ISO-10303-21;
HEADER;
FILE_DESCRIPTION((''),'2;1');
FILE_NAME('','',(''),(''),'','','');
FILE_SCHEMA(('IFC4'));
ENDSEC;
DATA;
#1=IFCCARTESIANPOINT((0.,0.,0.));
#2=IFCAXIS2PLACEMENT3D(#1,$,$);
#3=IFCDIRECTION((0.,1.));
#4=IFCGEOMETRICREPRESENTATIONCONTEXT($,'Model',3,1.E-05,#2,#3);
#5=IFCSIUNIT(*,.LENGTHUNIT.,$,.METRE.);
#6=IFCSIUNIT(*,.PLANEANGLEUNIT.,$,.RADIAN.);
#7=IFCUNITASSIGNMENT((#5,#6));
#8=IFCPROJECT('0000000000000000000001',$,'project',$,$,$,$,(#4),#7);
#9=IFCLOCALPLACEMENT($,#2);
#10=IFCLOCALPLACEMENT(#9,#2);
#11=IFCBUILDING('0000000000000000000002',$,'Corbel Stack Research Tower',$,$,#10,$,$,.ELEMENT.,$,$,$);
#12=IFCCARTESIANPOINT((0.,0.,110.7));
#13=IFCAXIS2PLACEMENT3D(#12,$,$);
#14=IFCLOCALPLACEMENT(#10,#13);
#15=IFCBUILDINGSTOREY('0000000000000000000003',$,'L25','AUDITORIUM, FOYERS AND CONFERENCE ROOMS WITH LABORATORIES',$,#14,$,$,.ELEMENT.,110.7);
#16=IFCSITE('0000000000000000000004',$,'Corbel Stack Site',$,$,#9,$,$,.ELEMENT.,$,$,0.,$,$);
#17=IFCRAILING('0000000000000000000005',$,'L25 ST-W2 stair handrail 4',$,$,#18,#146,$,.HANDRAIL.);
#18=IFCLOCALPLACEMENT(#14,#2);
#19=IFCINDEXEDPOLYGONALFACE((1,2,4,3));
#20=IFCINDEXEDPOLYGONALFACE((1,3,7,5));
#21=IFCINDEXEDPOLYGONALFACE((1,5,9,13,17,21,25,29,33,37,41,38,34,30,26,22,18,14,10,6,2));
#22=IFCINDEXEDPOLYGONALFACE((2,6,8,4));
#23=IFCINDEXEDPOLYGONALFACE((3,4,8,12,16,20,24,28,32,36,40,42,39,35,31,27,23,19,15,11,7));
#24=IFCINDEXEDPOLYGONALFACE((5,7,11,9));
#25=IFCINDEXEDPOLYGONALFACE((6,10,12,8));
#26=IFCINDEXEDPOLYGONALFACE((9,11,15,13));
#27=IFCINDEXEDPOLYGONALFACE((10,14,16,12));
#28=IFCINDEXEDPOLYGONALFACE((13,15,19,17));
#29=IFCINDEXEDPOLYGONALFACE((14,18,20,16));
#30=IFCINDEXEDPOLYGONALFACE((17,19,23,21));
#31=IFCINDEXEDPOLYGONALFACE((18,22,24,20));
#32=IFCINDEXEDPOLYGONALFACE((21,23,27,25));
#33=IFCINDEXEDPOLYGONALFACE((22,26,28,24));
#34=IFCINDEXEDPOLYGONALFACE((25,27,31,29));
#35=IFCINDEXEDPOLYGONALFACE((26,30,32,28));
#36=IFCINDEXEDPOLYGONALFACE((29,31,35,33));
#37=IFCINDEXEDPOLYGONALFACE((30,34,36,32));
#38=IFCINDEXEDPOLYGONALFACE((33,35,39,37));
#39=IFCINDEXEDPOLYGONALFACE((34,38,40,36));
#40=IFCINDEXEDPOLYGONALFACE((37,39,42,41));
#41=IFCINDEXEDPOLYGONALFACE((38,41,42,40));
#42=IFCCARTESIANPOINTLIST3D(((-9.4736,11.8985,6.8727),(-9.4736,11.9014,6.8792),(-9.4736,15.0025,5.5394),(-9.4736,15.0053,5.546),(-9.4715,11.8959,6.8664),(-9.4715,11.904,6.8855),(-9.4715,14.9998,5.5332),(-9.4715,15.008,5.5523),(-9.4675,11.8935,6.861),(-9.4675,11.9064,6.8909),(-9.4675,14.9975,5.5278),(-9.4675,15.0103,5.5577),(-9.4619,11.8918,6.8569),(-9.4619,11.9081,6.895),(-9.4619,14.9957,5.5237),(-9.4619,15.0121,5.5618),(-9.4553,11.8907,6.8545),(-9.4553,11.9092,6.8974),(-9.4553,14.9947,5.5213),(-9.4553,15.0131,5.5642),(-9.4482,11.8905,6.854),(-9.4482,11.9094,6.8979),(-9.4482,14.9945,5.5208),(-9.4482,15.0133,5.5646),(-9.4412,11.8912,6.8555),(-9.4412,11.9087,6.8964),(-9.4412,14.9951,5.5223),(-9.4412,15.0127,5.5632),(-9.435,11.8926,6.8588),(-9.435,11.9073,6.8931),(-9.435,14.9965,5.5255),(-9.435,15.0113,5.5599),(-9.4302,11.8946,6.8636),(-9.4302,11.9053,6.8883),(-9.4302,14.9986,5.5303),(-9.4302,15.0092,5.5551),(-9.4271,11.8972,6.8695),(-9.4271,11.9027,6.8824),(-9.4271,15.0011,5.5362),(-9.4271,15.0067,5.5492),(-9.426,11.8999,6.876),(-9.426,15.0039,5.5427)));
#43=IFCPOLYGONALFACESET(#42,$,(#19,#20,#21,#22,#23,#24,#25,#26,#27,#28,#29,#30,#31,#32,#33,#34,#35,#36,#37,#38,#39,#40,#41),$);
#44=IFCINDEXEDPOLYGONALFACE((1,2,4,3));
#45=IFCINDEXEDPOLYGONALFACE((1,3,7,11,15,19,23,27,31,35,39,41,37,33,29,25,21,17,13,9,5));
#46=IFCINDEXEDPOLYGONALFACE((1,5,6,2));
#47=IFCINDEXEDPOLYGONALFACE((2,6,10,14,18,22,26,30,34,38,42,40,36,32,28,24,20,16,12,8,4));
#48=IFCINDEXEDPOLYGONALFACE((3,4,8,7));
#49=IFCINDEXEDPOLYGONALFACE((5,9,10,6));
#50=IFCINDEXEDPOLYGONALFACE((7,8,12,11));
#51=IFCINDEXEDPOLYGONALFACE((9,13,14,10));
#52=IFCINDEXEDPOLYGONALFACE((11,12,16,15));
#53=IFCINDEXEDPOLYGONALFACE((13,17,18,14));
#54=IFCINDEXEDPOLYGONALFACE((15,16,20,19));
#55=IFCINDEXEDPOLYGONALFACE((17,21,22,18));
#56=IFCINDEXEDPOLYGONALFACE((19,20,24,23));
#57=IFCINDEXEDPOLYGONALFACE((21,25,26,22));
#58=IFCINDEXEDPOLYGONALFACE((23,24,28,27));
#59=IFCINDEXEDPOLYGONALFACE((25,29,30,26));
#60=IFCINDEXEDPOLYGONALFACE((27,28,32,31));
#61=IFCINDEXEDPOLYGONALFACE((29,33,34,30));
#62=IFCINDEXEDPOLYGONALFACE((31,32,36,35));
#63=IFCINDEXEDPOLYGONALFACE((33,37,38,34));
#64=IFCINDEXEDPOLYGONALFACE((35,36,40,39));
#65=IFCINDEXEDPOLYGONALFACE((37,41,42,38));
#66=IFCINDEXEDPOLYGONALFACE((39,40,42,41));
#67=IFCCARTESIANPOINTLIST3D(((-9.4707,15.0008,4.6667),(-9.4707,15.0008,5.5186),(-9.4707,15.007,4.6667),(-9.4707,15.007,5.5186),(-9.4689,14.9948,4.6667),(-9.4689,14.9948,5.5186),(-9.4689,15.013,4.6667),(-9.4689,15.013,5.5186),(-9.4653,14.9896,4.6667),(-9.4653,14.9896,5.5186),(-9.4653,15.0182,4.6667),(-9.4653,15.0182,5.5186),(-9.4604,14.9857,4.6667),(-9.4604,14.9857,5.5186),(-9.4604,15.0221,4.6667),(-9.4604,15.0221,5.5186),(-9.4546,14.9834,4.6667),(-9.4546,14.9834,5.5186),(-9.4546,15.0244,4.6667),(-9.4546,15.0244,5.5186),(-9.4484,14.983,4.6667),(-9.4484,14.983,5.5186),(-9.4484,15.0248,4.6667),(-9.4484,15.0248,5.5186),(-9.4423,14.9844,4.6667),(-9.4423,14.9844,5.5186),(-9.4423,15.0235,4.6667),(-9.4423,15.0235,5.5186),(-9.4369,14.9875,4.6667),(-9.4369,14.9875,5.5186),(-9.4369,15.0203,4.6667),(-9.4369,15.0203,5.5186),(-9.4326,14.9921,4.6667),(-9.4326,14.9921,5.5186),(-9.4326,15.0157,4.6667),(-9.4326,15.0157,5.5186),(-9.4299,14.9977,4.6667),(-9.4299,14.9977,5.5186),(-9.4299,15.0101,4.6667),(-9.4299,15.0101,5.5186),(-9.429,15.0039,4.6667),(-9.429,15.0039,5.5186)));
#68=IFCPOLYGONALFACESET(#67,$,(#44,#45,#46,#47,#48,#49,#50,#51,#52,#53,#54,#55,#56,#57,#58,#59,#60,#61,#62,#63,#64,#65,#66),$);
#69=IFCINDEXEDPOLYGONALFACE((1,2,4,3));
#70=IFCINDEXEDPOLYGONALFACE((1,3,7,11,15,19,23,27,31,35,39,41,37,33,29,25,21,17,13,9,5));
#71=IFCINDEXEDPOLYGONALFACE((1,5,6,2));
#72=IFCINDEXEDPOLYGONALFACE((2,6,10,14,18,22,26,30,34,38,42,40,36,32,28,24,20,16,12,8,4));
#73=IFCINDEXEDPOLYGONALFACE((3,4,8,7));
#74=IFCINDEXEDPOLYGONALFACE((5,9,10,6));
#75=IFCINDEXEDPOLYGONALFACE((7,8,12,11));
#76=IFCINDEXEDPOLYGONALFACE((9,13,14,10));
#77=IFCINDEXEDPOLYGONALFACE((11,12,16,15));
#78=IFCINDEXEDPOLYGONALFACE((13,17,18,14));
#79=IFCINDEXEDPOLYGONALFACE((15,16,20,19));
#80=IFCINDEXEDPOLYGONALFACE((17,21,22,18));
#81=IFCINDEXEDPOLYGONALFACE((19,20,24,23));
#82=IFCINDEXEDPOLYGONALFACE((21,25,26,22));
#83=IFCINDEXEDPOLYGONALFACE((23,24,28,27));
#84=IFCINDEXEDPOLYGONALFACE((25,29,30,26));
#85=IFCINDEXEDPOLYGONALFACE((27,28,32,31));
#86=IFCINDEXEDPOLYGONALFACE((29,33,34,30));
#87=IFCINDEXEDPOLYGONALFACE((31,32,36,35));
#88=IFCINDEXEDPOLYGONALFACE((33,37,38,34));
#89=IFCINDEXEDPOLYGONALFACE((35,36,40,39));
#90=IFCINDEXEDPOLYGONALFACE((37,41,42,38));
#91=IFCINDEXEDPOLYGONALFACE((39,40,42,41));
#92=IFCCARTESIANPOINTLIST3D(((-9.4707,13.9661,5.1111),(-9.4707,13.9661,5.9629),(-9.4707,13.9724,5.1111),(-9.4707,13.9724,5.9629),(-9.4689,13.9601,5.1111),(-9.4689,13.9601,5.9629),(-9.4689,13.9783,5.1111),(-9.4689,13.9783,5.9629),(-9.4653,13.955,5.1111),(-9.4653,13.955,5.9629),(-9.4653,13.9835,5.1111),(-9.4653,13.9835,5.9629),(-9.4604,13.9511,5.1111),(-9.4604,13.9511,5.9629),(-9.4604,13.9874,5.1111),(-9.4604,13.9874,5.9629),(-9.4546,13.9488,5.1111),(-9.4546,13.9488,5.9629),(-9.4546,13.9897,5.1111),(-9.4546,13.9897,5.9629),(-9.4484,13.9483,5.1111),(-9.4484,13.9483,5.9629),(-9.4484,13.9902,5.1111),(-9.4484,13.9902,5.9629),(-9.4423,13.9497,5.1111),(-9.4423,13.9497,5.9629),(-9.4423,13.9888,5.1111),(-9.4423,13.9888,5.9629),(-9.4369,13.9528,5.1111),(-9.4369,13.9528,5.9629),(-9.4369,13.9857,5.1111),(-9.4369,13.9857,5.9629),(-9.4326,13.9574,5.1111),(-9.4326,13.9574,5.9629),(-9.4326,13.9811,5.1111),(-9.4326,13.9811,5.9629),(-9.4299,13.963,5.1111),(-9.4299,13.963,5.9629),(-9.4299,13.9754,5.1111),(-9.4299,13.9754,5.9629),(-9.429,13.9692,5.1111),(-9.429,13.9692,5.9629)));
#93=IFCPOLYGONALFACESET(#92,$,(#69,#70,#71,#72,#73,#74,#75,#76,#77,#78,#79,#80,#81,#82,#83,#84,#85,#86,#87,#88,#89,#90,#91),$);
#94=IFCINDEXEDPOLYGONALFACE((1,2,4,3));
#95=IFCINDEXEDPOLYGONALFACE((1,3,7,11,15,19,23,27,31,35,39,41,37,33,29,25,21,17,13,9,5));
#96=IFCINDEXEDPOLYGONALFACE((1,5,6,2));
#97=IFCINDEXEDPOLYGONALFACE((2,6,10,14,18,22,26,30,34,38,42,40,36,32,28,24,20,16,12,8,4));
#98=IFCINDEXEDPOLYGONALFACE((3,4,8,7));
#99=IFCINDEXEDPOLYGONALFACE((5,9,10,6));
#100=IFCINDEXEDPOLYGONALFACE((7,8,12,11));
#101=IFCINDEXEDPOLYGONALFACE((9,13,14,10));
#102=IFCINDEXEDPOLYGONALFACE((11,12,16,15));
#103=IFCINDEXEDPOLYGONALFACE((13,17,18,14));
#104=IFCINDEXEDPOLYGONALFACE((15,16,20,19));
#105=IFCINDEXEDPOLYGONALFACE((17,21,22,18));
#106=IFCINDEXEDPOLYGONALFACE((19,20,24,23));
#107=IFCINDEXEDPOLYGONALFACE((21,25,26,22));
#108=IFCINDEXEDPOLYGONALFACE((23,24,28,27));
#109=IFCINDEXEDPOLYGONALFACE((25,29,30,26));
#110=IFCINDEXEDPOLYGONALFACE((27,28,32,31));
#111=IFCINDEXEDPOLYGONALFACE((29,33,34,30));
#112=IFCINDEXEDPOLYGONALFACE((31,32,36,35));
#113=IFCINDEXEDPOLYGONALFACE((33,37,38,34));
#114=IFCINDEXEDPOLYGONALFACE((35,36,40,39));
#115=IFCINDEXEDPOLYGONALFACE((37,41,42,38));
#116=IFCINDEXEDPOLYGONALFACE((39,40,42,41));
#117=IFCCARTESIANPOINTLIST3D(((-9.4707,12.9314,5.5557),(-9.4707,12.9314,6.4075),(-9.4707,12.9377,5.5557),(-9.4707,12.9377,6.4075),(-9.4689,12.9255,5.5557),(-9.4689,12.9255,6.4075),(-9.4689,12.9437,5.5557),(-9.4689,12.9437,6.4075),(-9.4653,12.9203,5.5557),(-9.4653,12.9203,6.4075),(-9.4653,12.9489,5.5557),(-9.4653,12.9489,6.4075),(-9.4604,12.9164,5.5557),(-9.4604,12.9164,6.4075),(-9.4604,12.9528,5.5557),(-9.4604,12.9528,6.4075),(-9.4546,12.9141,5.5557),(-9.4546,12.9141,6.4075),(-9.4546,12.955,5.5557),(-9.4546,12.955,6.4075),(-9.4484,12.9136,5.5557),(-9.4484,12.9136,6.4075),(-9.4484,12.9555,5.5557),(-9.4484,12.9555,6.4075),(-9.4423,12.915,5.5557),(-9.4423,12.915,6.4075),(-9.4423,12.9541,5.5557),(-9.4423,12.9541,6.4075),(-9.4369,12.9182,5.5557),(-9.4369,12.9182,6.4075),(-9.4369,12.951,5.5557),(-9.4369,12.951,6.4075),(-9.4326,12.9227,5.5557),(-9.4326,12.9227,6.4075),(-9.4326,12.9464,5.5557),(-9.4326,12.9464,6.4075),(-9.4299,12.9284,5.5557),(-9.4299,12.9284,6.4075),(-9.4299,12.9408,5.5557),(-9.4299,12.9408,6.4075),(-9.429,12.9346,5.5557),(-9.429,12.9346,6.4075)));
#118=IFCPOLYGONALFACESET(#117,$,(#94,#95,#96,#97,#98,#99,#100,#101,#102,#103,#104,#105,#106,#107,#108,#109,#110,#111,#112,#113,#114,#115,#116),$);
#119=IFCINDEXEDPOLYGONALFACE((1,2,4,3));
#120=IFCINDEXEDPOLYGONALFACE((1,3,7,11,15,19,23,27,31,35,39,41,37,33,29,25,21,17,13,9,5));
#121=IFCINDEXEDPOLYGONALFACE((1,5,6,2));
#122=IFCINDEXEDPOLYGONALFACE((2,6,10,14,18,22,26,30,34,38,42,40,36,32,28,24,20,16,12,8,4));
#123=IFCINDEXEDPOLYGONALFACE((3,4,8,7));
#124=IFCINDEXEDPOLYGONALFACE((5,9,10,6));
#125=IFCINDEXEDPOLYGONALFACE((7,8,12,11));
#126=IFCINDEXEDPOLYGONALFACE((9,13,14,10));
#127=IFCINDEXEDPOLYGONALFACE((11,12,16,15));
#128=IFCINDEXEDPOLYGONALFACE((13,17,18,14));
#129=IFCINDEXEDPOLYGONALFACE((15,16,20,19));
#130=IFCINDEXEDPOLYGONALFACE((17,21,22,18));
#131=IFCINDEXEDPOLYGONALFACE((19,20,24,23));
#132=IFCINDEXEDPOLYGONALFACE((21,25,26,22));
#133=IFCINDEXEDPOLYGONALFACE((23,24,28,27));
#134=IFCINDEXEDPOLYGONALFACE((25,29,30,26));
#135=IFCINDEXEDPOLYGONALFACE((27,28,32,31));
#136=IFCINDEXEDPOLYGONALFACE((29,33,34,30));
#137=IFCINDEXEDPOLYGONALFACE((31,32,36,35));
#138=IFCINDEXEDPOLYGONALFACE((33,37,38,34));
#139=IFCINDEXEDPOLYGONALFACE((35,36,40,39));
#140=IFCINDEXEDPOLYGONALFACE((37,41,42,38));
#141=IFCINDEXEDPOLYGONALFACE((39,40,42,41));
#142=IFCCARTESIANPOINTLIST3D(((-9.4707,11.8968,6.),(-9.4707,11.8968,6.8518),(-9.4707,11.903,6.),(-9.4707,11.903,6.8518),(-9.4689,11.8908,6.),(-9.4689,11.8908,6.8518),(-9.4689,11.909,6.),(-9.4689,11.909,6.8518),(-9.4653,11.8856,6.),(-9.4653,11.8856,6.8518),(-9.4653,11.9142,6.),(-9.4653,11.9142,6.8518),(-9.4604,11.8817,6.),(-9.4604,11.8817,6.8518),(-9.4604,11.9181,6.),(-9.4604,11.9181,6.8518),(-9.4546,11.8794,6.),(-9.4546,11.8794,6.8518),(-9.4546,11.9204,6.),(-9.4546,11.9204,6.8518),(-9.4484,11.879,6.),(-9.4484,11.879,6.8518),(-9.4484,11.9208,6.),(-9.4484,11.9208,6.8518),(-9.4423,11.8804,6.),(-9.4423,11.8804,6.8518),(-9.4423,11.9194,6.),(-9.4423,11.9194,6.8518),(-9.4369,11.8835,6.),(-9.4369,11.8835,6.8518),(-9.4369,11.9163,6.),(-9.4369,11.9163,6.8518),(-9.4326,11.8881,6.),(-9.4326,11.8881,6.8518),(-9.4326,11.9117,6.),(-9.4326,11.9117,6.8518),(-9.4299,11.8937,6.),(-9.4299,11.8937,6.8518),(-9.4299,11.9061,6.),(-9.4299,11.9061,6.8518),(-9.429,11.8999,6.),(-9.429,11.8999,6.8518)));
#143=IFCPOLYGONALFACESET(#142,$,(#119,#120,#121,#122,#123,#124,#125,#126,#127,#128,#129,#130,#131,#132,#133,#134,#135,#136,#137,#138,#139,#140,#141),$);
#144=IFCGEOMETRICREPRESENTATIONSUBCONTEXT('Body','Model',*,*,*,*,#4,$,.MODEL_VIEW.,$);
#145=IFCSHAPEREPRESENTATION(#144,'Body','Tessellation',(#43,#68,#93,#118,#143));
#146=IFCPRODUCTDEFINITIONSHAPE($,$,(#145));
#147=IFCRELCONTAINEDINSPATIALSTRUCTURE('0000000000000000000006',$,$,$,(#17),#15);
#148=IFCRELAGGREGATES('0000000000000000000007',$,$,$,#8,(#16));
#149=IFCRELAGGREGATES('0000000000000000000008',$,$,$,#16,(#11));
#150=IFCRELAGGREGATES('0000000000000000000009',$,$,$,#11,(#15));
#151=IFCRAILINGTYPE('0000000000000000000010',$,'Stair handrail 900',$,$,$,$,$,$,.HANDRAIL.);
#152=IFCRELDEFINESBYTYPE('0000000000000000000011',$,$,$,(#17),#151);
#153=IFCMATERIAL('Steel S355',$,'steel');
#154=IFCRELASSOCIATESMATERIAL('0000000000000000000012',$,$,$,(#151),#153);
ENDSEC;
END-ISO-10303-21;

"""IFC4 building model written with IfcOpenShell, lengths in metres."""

from ifc_helpers import new_model, si_unit, direction, frame, origin, origin_2d, place, context, subcontext, project, spatial, circle, extrude, material, type_object, element, save


model = new_model("IFC4")

# Units and contexts
model_context = context("Model", 3, precision=1e-05, world=origin(), true_north=direction((0.0, 1.0)))
body_context = subcontext(model_context, "Body", "Model", "MODEL_VIEW")
ifc_project = project(units=[si_unit("LENGTHUNIT", "METRE"), si_unit("PLANEANGLEUNIT", "RADIAN")], contexts=[model_context])

# Site, building, storey
site_placement = place(None, origin())
site = spatial("IfcSite", under=ifc_project, at=site_placement, Name="Corbel Stack Site", CompositionType="ELEMENT", RefElevation=0.0)
building_placement = place(site_placement, origin())
building = spatial("IfcBuilding", under=site, at=building_placement, Name="Corbel Stack Research Tower", CompositionType="ELEMENT")
storey_placement = place(building_placement, frame((0.0, 0.0, 110.7)))
storey = spatial("IfcBuildingStorey", under=building, at=storey_placement, Name="L25", Description="AUDITORIUM, FOYERS AND CONFERENCE ROOMS WITH LABORATORIES", CompositionType="ELEMENT", Elevation=110.7)

# Railing
ifc_material_1 = material(Name="Steel S355", Category="steel")
railing_type_1 = type_object("IfcRailingType", Name="Stair handrail 900", PredefinedType="HANDRAIL", material=ifc_material_1)
railing_1_placement = place(storey_placement, frame((-9.45, 15.0039, 4.6667)))
element("IfcRailing", 1, at=railing_1_placement, inside=storey, type_object=railing_type_1, Name="L25 ST-W2 stair handrail 4", PredefinedType="HANDRAIL", context=body_context, shape_type="SweptSolid", body=[
    extrude(circle(Radius=0.0239, at=origin_2d()), frame((0.0, 0.0, 0.876), z_axis=(0.0, -0.918827, 0.394661), x_axis=(1.0, 0.0, 0.0)), (0.0, 0.0, 1.0), 3.3782),
    extrude(circle(Radius=0.021, at=origin_2d()), origin(), (0.0, 0.0, 1.0), 0.8518),
    extrude(circle(Radius=0.021, at=origin_2d()), frame((0.0, -1.0347, 0.4443)), (0.0, 0.0, 1.0), 0.8518),
    extrude(circle(Radius=0.021, at=origin_2d()), frame((0.0, -2.0693, 0.8889)), (0.0, 0.0, 1.0), 0.8518),
    extrude(circle(Radius=0.021, at=origin_2d()), frame((0.0, -3.104, 1.3333)), (0.0, 0.0, 1.0), 0.8518),
])

save(model, "model.ifc")
